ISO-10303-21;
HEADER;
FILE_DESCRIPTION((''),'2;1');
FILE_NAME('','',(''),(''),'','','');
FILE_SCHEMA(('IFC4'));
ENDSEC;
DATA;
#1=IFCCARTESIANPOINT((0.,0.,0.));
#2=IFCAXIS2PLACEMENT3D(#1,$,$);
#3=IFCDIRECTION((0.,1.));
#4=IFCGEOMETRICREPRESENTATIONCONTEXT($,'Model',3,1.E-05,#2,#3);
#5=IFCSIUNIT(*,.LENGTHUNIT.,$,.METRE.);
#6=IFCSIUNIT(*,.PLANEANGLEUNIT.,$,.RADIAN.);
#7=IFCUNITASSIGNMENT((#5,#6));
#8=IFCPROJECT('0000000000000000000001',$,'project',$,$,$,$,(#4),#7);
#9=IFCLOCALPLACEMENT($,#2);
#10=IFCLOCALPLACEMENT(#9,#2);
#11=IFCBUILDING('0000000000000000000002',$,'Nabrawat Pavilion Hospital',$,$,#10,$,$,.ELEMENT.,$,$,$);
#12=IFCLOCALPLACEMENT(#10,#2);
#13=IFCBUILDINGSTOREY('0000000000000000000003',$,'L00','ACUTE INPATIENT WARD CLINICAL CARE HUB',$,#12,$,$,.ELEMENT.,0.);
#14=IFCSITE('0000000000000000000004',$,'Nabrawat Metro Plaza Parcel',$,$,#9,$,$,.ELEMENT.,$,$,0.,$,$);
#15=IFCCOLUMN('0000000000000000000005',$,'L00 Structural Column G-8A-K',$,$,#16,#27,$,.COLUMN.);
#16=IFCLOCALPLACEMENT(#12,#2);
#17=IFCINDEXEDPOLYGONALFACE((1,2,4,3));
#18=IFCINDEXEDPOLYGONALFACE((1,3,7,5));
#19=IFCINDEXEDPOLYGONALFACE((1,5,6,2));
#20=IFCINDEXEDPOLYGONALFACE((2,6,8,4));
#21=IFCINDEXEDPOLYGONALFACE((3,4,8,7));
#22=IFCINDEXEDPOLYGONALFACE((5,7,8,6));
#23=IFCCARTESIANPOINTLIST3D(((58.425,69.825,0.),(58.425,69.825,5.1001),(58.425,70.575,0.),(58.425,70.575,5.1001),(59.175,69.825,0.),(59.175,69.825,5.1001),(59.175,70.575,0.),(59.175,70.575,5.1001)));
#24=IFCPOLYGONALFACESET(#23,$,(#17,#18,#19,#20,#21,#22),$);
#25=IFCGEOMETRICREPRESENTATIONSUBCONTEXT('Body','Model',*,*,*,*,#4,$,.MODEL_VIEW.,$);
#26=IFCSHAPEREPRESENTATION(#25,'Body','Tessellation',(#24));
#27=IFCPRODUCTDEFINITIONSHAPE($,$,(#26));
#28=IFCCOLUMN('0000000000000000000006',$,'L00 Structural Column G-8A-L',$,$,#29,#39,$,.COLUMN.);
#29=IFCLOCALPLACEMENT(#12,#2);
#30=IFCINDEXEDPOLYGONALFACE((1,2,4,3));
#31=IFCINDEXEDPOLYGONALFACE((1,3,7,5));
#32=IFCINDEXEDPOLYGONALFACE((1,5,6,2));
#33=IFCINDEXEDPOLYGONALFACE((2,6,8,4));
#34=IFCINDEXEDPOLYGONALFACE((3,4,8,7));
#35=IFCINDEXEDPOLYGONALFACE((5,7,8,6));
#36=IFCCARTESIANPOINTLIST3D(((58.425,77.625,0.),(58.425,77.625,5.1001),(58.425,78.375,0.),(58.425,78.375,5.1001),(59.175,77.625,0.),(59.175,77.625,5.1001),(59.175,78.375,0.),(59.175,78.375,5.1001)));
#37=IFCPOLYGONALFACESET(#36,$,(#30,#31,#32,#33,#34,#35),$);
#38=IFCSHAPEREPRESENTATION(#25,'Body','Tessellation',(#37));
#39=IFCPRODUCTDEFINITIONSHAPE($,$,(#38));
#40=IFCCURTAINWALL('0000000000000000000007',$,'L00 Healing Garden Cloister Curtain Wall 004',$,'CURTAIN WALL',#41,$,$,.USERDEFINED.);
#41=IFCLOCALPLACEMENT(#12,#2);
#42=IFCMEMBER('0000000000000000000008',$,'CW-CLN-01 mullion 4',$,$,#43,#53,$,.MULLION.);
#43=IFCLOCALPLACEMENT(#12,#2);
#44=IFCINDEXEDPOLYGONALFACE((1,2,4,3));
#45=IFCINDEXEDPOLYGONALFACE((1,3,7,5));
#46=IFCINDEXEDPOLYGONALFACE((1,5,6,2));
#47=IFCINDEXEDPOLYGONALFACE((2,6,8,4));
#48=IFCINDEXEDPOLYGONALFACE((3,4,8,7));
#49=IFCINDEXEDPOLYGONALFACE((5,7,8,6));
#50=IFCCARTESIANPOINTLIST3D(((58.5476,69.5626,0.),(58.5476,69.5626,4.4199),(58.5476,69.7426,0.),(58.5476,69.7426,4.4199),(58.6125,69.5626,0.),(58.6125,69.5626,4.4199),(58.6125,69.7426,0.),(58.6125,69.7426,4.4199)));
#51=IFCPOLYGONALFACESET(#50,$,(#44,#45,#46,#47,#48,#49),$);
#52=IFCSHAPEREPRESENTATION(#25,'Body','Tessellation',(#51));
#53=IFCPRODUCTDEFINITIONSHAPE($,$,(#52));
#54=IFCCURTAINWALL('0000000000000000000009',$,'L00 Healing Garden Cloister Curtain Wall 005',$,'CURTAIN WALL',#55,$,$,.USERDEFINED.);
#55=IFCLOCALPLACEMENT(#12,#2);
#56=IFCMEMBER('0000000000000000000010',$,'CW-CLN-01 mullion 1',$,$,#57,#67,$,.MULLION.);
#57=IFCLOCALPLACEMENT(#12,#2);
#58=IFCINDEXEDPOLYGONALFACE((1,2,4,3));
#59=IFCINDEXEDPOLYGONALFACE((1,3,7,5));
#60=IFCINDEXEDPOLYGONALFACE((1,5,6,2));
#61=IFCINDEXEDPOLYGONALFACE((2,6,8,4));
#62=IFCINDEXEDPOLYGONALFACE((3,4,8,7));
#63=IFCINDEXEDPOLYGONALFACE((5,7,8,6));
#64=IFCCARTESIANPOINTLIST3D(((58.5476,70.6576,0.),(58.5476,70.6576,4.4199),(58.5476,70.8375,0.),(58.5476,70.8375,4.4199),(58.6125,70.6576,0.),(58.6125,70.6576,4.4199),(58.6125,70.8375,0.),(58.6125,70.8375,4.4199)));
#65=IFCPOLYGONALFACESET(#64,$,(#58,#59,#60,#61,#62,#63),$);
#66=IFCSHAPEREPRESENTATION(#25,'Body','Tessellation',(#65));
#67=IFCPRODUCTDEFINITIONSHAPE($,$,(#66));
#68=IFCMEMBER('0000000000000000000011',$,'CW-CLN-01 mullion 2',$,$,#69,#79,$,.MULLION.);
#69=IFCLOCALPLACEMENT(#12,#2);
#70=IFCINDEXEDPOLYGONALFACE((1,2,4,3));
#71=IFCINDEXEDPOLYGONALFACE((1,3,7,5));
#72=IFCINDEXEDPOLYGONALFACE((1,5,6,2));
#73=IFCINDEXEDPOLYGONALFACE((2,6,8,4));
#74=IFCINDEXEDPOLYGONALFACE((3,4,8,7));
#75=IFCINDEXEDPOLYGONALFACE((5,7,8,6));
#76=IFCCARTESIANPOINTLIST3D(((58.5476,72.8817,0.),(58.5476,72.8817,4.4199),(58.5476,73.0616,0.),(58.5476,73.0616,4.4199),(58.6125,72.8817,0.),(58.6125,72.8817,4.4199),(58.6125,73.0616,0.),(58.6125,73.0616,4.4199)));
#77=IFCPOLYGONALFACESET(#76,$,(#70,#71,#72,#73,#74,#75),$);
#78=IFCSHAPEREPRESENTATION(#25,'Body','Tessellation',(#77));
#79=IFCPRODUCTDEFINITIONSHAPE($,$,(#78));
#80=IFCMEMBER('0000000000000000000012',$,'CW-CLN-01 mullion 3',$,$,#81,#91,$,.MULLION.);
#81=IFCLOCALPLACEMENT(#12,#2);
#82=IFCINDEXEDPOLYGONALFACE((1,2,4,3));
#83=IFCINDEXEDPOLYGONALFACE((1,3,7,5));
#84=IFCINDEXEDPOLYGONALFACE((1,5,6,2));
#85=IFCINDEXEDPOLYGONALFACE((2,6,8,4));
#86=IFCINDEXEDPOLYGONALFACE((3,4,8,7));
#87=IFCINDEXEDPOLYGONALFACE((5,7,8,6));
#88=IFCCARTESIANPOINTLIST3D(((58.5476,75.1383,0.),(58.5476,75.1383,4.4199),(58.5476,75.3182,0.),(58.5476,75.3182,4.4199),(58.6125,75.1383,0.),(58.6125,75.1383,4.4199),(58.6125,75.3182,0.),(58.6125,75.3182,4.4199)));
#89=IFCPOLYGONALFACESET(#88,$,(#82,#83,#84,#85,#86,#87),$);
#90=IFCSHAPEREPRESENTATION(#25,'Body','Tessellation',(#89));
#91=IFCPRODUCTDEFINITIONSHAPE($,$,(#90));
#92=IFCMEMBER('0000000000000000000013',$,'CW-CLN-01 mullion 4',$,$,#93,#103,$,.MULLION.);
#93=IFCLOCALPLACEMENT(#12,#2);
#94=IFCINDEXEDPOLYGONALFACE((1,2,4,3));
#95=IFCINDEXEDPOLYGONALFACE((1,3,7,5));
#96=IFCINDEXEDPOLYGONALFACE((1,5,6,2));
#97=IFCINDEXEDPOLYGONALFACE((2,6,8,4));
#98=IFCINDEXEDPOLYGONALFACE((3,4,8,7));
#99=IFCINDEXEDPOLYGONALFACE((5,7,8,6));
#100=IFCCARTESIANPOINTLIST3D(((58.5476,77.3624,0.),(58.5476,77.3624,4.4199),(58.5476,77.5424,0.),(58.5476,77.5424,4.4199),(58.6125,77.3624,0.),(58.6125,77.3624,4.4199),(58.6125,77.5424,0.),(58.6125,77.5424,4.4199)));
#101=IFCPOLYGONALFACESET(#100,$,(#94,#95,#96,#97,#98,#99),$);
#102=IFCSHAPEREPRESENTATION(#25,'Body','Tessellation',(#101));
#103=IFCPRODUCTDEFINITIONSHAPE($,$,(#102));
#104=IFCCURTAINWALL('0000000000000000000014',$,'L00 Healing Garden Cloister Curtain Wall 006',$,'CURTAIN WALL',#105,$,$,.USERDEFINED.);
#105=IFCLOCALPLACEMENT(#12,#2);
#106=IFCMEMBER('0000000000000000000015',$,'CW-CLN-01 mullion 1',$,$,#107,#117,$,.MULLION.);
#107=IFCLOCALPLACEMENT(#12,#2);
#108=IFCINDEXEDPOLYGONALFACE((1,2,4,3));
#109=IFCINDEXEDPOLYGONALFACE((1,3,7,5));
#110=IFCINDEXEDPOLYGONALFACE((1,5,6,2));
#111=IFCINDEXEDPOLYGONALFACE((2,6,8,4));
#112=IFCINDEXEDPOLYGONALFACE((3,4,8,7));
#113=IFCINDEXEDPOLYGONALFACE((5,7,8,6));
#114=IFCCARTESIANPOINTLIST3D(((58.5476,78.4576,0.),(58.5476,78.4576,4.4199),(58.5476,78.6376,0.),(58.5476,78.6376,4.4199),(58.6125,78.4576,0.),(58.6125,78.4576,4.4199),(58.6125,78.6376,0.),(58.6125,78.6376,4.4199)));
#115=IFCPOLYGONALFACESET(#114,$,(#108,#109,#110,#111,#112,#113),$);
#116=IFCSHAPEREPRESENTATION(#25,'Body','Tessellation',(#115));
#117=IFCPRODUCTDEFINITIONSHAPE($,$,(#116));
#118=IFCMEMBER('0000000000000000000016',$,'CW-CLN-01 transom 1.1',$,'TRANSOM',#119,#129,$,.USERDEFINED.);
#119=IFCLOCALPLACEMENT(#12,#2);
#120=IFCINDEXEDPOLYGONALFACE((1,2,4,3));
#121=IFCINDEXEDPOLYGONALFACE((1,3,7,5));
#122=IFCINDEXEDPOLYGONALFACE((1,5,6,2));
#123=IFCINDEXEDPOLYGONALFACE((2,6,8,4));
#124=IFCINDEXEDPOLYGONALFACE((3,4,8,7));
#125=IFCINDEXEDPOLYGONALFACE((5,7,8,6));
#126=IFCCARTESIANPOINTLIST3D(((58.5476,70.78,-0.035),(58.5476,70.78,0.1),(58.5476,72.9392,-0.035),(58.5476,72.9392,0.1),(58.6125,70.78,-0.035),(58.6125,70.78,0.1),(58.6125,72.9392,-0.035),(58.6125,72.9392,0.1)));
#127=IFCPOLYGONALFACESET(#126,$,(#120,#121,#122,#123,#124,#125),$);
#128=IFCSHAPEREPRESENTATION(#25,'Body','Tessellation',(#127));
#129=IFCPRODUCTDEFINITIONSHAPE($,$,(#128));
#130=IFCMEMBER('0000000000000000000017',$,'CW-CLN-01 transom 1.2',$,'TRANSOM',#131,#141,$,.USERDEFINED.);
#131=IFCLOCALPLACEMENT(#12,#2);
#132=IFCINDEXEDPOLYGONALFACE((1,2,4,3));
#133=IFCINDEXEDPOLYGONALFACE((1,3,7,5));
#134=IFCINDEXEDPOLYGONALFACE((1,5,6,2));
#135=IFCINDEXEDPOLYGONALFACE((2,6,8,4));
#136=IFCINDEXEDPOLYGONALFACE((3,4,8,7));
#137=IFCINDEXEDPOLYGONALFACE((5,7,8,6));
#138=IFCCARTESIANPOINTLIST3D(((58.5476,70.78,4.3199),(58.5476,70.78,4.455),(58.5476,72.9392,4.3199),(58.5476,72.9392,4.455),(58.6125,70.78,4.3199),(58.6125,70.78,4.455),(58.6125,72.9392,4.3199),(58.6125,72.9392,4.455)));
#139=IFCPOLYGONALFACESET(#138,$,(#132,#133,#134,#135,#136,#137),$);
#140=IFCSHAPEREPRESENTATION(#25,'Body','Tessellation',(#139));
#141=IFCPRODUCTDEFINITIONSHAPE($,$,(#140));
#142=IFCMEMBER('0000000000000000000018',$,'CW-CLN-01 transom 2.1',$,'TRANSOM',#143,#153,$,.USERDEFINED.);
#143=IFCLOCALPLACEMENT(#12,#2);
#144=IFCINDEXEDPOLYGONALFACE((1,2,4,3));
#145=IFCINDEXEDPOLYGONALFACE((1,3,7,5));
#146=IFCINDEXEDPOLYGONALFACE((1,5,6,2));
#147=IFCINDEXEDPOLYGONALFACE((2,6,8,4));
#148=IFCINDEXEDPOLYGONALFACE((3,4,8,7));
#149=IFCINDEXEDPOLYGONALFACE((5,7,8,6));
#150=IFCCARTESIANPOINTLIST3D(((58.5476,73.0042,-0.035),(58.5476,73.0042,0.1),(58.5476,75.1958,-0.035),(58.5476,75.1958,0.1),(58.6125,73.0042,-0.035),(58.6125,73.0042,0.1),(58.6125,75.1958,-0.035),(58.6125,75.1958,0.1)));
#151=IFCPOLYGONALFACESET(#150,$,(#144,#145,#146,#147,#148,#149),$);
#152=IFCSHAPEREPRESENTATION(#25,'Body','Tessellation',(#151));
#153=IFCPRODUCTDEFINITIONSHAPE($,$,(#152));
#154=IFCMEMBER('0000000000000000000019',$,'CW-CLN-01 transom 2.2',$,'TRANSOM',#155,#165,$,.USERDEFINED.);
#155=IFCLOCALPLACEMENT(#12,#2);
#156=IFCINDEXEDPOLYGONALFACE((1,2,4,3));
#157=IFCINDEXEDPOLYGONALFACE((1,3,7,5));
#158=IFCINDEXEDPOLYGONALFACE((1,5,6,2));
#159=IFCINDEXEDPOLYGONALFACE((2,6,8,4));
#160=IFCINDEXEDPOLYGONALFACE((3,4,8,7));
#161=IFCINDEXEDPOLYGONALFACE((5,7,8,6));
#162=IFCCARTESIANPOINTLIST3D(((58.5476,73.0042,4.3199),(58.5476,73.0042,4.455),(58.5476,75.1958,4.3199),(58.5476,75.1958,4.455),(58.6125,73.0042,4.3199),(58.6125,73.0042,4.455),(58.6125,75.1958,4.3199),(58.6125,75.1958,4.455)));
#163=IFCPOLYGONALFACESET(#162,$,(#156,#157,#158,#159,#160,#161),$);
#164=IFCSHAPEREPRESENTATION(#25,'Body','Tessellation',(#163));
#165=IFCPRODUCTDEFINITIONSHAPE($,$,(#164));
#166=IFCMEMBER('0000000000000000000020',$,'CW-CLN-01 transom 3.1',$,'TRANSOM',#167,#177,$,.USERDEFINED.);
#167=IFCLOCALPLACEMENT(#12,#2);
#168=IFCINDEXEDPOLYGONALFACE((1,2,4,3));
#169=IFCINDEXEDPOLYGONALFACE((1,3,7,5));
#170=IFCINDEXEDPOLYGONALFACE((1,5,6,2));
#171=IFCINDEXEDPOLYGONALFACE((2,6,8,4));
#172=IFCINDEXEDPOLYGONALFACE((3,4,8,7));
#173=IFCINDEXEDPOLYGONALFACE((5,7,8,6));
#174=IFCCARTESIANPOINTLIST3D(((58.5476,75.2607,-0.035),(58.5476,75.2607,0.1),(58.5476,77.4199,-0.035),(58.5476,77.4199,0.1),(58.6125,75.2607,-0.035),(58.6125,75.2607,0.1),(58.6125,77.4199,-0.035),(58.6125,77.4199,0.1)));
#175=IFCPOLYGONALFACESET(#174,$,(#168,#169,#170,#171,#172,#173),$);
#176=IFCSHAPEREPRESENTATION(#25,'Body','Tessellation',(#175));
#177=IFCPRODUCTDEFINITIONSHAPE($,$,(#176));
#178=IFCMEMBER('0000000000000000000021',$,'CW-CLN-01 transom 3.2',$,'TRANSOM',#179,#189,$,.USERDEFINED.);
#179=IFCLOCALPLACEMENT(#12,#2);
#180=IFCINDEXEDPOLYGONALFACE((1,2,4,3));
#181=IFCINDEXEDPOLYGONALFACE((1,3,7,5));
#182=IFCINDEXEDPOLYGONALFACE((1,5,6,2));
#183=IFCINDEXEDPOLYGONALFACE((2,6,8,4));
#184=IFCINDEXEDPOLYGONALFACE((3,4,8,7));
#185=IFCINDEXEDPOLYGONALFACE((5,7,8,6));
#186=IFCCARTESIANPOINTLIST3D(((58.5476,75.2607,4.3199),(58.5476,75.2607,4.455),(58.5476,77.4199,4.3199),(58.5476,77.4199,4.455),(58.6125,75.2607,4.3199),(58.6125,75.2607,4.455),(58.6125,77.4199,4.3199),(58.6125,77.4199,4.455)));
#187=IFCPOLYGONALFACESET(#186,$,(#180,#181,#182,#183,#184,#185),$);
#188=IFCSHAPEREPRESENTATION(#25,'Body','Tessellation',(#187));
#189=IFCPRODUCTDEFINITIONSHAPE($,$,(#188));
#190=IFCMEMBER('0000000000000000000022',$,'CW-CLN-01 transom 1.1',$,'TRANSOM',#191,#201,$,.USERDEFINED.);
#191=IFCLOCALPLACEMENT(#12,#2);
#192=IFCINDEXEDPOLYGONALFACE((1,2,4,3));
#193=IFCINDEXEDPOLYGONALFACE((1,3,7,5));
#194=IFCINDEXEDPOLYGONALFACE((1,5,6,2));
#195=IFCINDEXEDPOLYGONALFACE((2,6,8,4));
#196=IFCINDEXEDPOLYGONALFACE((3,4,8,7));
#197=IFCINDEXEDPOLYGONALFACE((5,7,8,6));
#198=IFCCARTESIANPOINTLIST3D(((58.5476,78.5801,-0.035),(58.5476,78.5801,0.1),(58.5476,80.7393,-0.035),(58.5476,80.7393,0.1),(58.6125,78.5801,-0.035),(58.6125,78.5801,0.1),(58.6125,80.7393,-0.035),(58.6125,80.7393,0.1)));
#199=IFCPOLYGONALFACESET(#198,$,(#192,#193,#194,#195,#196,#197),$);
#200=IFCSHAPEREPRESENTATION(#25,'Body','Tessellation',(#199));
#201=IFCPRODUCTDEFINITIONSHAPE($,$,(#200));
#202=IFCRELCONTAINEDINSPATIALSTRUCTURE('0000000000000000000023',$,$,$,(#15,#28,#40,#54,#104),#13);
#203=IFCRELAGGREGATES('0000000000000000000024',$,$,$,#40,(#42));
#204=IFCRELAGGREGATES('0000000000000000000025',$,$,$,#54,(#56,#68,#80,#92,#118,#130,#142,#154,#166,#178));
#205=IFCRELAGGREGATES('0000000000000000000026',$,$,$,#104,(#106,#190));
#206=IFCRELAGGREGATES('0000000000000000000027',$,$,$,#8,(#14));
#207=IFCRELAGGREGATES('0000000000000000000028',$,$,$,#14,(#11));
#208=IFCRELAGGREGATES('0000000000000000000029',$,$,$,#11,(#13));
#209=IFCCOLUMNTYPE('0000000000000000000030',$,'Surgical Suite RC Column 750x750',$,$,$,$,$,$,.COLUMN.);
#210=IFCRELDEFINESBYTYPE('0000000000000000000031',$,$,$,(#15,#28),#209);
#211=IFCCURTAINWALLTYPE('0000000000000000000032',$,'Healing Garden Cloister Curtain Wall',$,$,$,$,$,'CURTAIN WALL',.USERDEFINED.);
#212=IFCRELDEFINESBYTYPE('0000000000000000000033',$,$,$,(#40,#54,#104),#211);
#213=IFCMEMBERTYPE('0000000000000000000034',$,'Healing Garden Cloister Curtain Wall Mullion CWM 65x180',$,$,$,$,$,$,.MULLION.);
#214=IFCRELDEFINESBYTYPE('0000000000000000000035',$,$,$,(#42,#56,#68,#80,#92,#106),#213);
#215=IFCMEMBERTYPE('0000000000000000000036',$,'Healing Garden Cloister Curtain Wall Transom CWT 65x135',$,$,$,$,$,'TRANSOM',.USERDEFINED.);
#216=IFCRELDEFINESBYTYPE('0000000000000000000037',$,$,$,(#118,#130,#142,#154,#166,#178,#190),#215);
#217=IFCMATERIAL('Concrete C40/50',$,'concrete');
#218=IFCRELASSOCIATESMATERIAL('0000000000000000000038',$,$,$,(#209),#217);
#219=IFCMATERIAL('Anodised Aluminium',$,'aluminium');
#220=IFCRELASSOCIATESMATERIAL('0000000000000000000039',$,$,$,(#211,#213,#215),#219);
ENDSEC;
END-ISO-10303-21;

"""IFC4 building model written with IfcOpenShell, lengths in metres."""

from ifc_helpers import new_model, si_unit, direction, frame, origin, origin_2d, place, context, subcontext, project, spatial, rectangle, extrude, material, material_profile, profile_set, type_object, element, aggregate, save


model = new_model("IFC4")

# Units and contexts
model_context = context("Model", 3, precision=1e-05, world=origin(), true_north=direction((0.0, 1.0)))
body_context = subcontext(model_context, "Body", "Model", "MODEL_VIEW")
ifc_project = project(units=[si_unit("LENGTHUNIT", "METRE"), si_unit("PLANEANGLEUNIT", "RADIAN")], contexts=[model_context])

# Site, building, storey
site_placement = place(None, origin())
site = spatial("IfcSite", under=ifc_project, at=site_placement, Name="Nabrawat Metro Plaza Parcel", CompositionType="ELEMENT", RefElevation=0.0)
building_placement = place(site_placement, origin())
building = spatial("IfcBuilding", under=site, at=building_placement, Name="Nabrawat Pavilion Hospital", CompositionType="ELEMENT")
storey_placement = place(building_placement, origin())
storey = spatial("IfcBuildingStorey", under=building, at=storey_placement, Name="L00", Description="ACUTE INPATIENT WARD CLINICAL CARE HUB", CompositionType="ELEMENT", Elevation=0.0)

# Columns
ifc_material_1 = material(Name="Concrete C40/50", Category="concrete")
ifc_material_profile_1 = material_profile(ifc_material_1, rectangle(XDim=0.75, YDim=0.75, at=origin_2d()), Name="RC 750x750")
ifc_profile_set_1 = profile_set([ifc_material_profile_1], Name="Concrete C40/50")
column_type_1 = type_object("IfcColumnType", Name="Surgical Suite RC Column 750x750", PredefinedType="COLUMN", material=ifc_profile_set_1)
for number, where, z_axis, x_axis, name in (
    (1, (58.8, 70.2, 0.0), (0.0, 0.0, 1.0), (1.0, 0.0, 0.0), "L00 Structural Column G-8A-K"),
    (2, (58.8, 78.0, 0.0), (0.0, 0.0, 1.0), (1.0, 0.0, 0.0), "L00 Structural Column G-8A-L"),
):
    element("IfcColumn", number, at=place(storey_placement, frame(where, z_axis=z_axis, x_axis=x_axis)), inside=storey, type_object=column_type_1, Name=name, PredefinedType="COLUMN", context=body_context, shape_type="SweptSolid", body=[
        extrude(rectangle(XDim=0.75, YDim=0.75, at=origin_2d()), origin(), (0.0, 0.0, 1.0), 5.1001),
    ])

# Curtain wall, member
ifc_material_2 = material(Name="Anodised Aluminium", Category="aluminium")
curtain_wall_type = type_object("IfcCurtainWallType", Name="Healing Garden Cloister Curtain Wall", ElementType="CURTAIN WALL", PredefinedType="USERDEFINED", material=ifc_material_2)
curtain_wall_1_placement = place(storey_placement, origin())
curtain_wall_1 = element("IfcCurtainWall", 3, at=curtain_wall_1_placement, inside=storey, type_object=curtain_wall_type, Name="L00 Healing Garden Cloister Curtain Wall 004", ObjectType="CURTAIN WALL", PredefinedType="USERDEFINED")
ifc_material_profile_2 = material_profile(ifc_material_2, rectangle(XDim=0.0649, YDim=0.1799, at=origin_2d()), Name="CWM 65x180")
ifc_profile_set_2 = profile_set([ifc_material_profile_2], Name="Anodised Aluminium")
member_type_1 = type_object("IfcMemberType", Name="Healing Garden Cloister Curtain Wall Mullion CWM 65x180", PredefinedType="MULLION", material=ifc_profile_set_2)
member_1_placement = place(storey_placement, frame((58.5801, 69.6526, 0.0), z_axis=(0.0, 0.0, 1.0), x_axis=(-1.0, 0.0, 0.0)))
member_1 = element("IfcMember", 4, at=member_1_placement, type_object=member_type_1, Name="CW-CLN-01 mullion 4", PredefinedType="MULLION", context=body_context, shape_type="SweptSolid", body=[
    extrude(rectangle(XDim=0.0649, YDim=0.1799, at=origin_2d()), origin(), (0.0, 0.0, 1.0), 4.4199),
])

# Curtain wall, members
curtain_wall_2_placement = place(storey_placement, origin())
curtain_wall_2 = element("IfcCurtainWall", 5, at=curtain_wall_2_placement, inside=storey, type_object=curtain_wall_type, Name="L00 Healing Garden Cloister Curtain Wall 005", ObjectType="CURTAIN WALL", PredefinedType="USERDEFINED")
member_2_placement = place(storey_placement, frame((58.5801, 70.7476, 0.0), z_axis=(0.0, 0.0, 1.0), x_axis=(-1.0, 0.0, 0.0)))
member_2 = element("IfcMember", 6, at=member_2_placement, type_object=member_type_1, Name="CW-CLN-01 mullion 1", PredefinedType="MULLION", context=body_context, shape_type="SweptSolid", body=[
    extrude(rectangle(XDim=0.0649, YDim=0.1799, at=origin_2d()), origin(), (0.0, 0.0, 1.0), 4.4199),
])
member_3_placement = place(storey_placement, frame((58.5801, 72.9717, 0.0), z_axis=(0.0, 0.0, 1.0), x_axis=(-1.0, 0.0, 0.0)))
member_3 = element("IfcMember", 7, at=member_3_placement, type_object=member_type_1, Name="CW-CLN-01 mullion 2", PredefinedType="MULLION", context=body_context, shape_type="SweptSolid", body=[
    extrude(rectangle(XDim=0.0649, YDim=0.1799, at=origin_2d()), origin(), (0.0, 0.0, 1.0), 4.4199),
])
member_4_placement = place(storey_placement, frame((58.5801, 75.2283, 0.0), z_axis=(0.0, 0.0, 1.0), x_axis=(-1.0, 0.0, 0.0)))
member_4 = element("IfcMember", 8, at=member_4_placement, type_object=member_type_1, Name="CW-CLN-01 mullion 3", PredefinedType="MULLION", context=body_context, shape_type="SweptSolid", body=[
    extrude(rectangle(XDim=0.0649, YDim=0.1799, at=origin_2d()), origin(), (0.0, 0.0, 1.0), 4.4199),
])
member_5_placement = place(storey_placement, frame((58.5801, 77.4524, 0.0), z_axis=(0.0, 0.0, 1.0), x_axis=(-1.0, 0.0, 0.0)))
member_5 = element("IfcMember", 9, at=member_5_placement, type_object=member_type_1, Name="CW-CLN-01 mullion 4", PredefinedType="MULLION", context=body_context, shape_type="SweptSolid", body=[
    extrude(rectangle(XDim=0.0649, YDim=0.1799, at=origin_2d()), origin(), (0.0, 0.0, 1.0), 4.4199),
])

# Curtain wall, member
curtain_wall_3_placement = place(storey_placement, origin())
curtain_wall_3 = element("IfcCurtainWall", 10, at=curtain_wall_3_placement, inside=storey, type_object=curtain_wall_type, Name="L00 Healing Garden Cloister Curtain Wall 006", ObjectType="CURTAIN WALL", PredefinedType="USERDEFINED")
member_6_placement = place(storey_placement, frame((58.5801, 78.5476, 0.0), z_axis=(0.0, 0.0, 1.0), x_axis=(-1.0, 0.0, 0.0)))
member_6 = element("IfcMember", 11, at=member_6_placement, type_object=member_type_1, Name="CW-CLN-01 mullion 1", PredefinedType="MULLION", context=body_context, shape_type="SweptSolid", body=[
    extrude(rectangle(XDim=0.0649, YDim=0.1799, at=origin_2d()), origin(), (0.0, 0.0, 1.0), 4.4199),
])

# Members
ifc_material_profile_3 = material_profile(ifc_material_2, rectangle(XDim=0.0649, YDim=0.135, at=origin_2d()), Name="CWT 65x135")
ifc_profile_set_3 = profile_set([ifc_material_profile_3], Name="Anodised Aluminium")
member_type_2 = type_object("IfcMemberType", Name="Healing Garden Cloister Curtain Wall Transom CWT 65x135", ElementType="TRANSOM", PredefinedType="USERDEFINED", material=ifc_profile_set_3)
member_7_placement = place(storey_placement, frame((58.5801, 70.78, 0.0325), z_axis=(0.0, 1.0, 0.0), x_axis=(-1.0, 0.0, 0.0)))
member_7 = element("IfcMember", 12, at=member_7_placement, type_object=member_type_2, Name="CW-CLN-01 transom 1.1", ObjectType="TRANSOM", PredefinedType="USERDEFINED", context=body_context, shape_type="SweptSolid", body=[
    extrude(rectangle(XDim=0.0649, YDim=0.135, at=origin_2d()), origin(), (0.0, 0.0, 1.0), 2.1592),
])
member_8_placement = place(storey_placement, frame((58.5801, 70.78, 4.3875), z_axis=(0.0, 1.0, 0.0), x_axis=(-1.0, 0.0, 0.0)))
member_8 = element("IfcMember", 13, at=member_8_placement, type_object=member_type_2, Name="CW-CLN-01 transom 1.2", ObjectType="TRANSOM", PredefinedType="USERDEFINED", context=body_context, shape_type="SweptSolid", body=[
    extrude(rectangle(XDim=0.0649, YDim=0.135, at=origin_2d()), origin(), (0.0, 0.0, 1.0), 2.1592),
])
member_9_placement = place(storey_placement, frame((58.5801, 73.0042, 0.0325), z_axis=(0.0, 1.0, 0.0), x_axis=(-1.0, 0.0, 0.0)))
member_9 = element("IfcMember", 14, at=member_9_placement, type_object=member_type_2, Name="CW-CLN-01 transom 2.1", ObjectType="TRANSOM", PredefinedType="USERDEFINED", context=body_context, shape_type="SweptSolid", body=[
    extrude(rectangle(XDim=0.0649, YDim=0.135, at=origin_2d()), origin(), (0.0, 0.0, 1.0), 2.1917),
])
member_10_placement = place(storey_placement, frame((58.5801, 73.0042, 4.3875), z_axis=(0.0, 1.0, 0.0), x_axis=(-1.0, 0.0, 0.0)))
member_10 = element("IfcMember", 15, at=member_10_placement, type_object=member_type_2, Name="CW-CLN-01 transom 2.2", ObjectType="TRANSOM", PredefinedType="USERDEFINED", context=body_context, shape_type="SweptSolid", body=[
    extrude(rectangle(XDim=0.0649, YDim=0.135, at=origin_2d()), origin(), (0.0, 0.0, 1.0), 2.1917),
])
member_11_placement = place(storey_placement, frame((58.5801, 75.2607, 0.0325), z_axis=(0.0, 1.0, 0.0), x_axis=(-1.0, 0.0, 0.0)))
member_11 = element("IfcMember", 16, at=member_11_placement, type_object=member_type_2, Name="CW-CLN-01 transom 3.1", ObjectType="TRANSOM", PredefinedType="USERDEFINED", context=body_context, shape_type="SweptSolid", body=[
    extrude(rectangle(XDim=0.0649, YDim=0.135, at=origin_2d()), origin(), (0.0, 0.0, 1.0), 2.1592),
])
member_12_placement = place(storey_placement, frame((58.5801, 75.2607, 4.3875), z_axis=(0.0, 1.0, 0.0), x_axis=(-1.0, 0.0, 0.0)))
member_12 = element("IfcMember", 17, at=member_12_placement, type_object=member_type_2, Name="CW-CLN-01 transom 3.2", ObjectType="TRANSOM", PredefinedType="USERDEFINED", context=body_context, shape_type="SweptSolid", body=[
    extrude(rectangle(XDim=0.0649, YDim=0.135, at=origin_2d()), origin(), (0.0, 0.0, 1.0), 2.1592),
])
member_13_placement = place(storey_placement, frame((58.5801, 78.5801, 0.0325), z_axis=(0.0, 1.0, 0.0), x_axis=(-1.0, 0.0, 0.0)))
member_13 = element("IfcMember", 18, at=member_13_placement, type_object=member_type_2, Name="CW-CLN-01 transom 1.1", ObjectType="TRANSOM", PredefinedType="USERDEFINED", context=body_context, shape_type="SweptSolid", body=[
    extrude(rectangle(XDim=0.0649, YDim=0.135, at=origin_2d()), origin(), (0.0, 0.0, 1.0), 2.1592),
])

aggregate(curtain_wall_1, [member_1])
aggregate(curtain_wall_2, [member_2, member_3, member_4, member_5, member_7, member_8, member_9, member_10, member_11, member_12])
aggregate(curtain_wall_3, [member_6, member_13])

save(model, "model.ifc")
